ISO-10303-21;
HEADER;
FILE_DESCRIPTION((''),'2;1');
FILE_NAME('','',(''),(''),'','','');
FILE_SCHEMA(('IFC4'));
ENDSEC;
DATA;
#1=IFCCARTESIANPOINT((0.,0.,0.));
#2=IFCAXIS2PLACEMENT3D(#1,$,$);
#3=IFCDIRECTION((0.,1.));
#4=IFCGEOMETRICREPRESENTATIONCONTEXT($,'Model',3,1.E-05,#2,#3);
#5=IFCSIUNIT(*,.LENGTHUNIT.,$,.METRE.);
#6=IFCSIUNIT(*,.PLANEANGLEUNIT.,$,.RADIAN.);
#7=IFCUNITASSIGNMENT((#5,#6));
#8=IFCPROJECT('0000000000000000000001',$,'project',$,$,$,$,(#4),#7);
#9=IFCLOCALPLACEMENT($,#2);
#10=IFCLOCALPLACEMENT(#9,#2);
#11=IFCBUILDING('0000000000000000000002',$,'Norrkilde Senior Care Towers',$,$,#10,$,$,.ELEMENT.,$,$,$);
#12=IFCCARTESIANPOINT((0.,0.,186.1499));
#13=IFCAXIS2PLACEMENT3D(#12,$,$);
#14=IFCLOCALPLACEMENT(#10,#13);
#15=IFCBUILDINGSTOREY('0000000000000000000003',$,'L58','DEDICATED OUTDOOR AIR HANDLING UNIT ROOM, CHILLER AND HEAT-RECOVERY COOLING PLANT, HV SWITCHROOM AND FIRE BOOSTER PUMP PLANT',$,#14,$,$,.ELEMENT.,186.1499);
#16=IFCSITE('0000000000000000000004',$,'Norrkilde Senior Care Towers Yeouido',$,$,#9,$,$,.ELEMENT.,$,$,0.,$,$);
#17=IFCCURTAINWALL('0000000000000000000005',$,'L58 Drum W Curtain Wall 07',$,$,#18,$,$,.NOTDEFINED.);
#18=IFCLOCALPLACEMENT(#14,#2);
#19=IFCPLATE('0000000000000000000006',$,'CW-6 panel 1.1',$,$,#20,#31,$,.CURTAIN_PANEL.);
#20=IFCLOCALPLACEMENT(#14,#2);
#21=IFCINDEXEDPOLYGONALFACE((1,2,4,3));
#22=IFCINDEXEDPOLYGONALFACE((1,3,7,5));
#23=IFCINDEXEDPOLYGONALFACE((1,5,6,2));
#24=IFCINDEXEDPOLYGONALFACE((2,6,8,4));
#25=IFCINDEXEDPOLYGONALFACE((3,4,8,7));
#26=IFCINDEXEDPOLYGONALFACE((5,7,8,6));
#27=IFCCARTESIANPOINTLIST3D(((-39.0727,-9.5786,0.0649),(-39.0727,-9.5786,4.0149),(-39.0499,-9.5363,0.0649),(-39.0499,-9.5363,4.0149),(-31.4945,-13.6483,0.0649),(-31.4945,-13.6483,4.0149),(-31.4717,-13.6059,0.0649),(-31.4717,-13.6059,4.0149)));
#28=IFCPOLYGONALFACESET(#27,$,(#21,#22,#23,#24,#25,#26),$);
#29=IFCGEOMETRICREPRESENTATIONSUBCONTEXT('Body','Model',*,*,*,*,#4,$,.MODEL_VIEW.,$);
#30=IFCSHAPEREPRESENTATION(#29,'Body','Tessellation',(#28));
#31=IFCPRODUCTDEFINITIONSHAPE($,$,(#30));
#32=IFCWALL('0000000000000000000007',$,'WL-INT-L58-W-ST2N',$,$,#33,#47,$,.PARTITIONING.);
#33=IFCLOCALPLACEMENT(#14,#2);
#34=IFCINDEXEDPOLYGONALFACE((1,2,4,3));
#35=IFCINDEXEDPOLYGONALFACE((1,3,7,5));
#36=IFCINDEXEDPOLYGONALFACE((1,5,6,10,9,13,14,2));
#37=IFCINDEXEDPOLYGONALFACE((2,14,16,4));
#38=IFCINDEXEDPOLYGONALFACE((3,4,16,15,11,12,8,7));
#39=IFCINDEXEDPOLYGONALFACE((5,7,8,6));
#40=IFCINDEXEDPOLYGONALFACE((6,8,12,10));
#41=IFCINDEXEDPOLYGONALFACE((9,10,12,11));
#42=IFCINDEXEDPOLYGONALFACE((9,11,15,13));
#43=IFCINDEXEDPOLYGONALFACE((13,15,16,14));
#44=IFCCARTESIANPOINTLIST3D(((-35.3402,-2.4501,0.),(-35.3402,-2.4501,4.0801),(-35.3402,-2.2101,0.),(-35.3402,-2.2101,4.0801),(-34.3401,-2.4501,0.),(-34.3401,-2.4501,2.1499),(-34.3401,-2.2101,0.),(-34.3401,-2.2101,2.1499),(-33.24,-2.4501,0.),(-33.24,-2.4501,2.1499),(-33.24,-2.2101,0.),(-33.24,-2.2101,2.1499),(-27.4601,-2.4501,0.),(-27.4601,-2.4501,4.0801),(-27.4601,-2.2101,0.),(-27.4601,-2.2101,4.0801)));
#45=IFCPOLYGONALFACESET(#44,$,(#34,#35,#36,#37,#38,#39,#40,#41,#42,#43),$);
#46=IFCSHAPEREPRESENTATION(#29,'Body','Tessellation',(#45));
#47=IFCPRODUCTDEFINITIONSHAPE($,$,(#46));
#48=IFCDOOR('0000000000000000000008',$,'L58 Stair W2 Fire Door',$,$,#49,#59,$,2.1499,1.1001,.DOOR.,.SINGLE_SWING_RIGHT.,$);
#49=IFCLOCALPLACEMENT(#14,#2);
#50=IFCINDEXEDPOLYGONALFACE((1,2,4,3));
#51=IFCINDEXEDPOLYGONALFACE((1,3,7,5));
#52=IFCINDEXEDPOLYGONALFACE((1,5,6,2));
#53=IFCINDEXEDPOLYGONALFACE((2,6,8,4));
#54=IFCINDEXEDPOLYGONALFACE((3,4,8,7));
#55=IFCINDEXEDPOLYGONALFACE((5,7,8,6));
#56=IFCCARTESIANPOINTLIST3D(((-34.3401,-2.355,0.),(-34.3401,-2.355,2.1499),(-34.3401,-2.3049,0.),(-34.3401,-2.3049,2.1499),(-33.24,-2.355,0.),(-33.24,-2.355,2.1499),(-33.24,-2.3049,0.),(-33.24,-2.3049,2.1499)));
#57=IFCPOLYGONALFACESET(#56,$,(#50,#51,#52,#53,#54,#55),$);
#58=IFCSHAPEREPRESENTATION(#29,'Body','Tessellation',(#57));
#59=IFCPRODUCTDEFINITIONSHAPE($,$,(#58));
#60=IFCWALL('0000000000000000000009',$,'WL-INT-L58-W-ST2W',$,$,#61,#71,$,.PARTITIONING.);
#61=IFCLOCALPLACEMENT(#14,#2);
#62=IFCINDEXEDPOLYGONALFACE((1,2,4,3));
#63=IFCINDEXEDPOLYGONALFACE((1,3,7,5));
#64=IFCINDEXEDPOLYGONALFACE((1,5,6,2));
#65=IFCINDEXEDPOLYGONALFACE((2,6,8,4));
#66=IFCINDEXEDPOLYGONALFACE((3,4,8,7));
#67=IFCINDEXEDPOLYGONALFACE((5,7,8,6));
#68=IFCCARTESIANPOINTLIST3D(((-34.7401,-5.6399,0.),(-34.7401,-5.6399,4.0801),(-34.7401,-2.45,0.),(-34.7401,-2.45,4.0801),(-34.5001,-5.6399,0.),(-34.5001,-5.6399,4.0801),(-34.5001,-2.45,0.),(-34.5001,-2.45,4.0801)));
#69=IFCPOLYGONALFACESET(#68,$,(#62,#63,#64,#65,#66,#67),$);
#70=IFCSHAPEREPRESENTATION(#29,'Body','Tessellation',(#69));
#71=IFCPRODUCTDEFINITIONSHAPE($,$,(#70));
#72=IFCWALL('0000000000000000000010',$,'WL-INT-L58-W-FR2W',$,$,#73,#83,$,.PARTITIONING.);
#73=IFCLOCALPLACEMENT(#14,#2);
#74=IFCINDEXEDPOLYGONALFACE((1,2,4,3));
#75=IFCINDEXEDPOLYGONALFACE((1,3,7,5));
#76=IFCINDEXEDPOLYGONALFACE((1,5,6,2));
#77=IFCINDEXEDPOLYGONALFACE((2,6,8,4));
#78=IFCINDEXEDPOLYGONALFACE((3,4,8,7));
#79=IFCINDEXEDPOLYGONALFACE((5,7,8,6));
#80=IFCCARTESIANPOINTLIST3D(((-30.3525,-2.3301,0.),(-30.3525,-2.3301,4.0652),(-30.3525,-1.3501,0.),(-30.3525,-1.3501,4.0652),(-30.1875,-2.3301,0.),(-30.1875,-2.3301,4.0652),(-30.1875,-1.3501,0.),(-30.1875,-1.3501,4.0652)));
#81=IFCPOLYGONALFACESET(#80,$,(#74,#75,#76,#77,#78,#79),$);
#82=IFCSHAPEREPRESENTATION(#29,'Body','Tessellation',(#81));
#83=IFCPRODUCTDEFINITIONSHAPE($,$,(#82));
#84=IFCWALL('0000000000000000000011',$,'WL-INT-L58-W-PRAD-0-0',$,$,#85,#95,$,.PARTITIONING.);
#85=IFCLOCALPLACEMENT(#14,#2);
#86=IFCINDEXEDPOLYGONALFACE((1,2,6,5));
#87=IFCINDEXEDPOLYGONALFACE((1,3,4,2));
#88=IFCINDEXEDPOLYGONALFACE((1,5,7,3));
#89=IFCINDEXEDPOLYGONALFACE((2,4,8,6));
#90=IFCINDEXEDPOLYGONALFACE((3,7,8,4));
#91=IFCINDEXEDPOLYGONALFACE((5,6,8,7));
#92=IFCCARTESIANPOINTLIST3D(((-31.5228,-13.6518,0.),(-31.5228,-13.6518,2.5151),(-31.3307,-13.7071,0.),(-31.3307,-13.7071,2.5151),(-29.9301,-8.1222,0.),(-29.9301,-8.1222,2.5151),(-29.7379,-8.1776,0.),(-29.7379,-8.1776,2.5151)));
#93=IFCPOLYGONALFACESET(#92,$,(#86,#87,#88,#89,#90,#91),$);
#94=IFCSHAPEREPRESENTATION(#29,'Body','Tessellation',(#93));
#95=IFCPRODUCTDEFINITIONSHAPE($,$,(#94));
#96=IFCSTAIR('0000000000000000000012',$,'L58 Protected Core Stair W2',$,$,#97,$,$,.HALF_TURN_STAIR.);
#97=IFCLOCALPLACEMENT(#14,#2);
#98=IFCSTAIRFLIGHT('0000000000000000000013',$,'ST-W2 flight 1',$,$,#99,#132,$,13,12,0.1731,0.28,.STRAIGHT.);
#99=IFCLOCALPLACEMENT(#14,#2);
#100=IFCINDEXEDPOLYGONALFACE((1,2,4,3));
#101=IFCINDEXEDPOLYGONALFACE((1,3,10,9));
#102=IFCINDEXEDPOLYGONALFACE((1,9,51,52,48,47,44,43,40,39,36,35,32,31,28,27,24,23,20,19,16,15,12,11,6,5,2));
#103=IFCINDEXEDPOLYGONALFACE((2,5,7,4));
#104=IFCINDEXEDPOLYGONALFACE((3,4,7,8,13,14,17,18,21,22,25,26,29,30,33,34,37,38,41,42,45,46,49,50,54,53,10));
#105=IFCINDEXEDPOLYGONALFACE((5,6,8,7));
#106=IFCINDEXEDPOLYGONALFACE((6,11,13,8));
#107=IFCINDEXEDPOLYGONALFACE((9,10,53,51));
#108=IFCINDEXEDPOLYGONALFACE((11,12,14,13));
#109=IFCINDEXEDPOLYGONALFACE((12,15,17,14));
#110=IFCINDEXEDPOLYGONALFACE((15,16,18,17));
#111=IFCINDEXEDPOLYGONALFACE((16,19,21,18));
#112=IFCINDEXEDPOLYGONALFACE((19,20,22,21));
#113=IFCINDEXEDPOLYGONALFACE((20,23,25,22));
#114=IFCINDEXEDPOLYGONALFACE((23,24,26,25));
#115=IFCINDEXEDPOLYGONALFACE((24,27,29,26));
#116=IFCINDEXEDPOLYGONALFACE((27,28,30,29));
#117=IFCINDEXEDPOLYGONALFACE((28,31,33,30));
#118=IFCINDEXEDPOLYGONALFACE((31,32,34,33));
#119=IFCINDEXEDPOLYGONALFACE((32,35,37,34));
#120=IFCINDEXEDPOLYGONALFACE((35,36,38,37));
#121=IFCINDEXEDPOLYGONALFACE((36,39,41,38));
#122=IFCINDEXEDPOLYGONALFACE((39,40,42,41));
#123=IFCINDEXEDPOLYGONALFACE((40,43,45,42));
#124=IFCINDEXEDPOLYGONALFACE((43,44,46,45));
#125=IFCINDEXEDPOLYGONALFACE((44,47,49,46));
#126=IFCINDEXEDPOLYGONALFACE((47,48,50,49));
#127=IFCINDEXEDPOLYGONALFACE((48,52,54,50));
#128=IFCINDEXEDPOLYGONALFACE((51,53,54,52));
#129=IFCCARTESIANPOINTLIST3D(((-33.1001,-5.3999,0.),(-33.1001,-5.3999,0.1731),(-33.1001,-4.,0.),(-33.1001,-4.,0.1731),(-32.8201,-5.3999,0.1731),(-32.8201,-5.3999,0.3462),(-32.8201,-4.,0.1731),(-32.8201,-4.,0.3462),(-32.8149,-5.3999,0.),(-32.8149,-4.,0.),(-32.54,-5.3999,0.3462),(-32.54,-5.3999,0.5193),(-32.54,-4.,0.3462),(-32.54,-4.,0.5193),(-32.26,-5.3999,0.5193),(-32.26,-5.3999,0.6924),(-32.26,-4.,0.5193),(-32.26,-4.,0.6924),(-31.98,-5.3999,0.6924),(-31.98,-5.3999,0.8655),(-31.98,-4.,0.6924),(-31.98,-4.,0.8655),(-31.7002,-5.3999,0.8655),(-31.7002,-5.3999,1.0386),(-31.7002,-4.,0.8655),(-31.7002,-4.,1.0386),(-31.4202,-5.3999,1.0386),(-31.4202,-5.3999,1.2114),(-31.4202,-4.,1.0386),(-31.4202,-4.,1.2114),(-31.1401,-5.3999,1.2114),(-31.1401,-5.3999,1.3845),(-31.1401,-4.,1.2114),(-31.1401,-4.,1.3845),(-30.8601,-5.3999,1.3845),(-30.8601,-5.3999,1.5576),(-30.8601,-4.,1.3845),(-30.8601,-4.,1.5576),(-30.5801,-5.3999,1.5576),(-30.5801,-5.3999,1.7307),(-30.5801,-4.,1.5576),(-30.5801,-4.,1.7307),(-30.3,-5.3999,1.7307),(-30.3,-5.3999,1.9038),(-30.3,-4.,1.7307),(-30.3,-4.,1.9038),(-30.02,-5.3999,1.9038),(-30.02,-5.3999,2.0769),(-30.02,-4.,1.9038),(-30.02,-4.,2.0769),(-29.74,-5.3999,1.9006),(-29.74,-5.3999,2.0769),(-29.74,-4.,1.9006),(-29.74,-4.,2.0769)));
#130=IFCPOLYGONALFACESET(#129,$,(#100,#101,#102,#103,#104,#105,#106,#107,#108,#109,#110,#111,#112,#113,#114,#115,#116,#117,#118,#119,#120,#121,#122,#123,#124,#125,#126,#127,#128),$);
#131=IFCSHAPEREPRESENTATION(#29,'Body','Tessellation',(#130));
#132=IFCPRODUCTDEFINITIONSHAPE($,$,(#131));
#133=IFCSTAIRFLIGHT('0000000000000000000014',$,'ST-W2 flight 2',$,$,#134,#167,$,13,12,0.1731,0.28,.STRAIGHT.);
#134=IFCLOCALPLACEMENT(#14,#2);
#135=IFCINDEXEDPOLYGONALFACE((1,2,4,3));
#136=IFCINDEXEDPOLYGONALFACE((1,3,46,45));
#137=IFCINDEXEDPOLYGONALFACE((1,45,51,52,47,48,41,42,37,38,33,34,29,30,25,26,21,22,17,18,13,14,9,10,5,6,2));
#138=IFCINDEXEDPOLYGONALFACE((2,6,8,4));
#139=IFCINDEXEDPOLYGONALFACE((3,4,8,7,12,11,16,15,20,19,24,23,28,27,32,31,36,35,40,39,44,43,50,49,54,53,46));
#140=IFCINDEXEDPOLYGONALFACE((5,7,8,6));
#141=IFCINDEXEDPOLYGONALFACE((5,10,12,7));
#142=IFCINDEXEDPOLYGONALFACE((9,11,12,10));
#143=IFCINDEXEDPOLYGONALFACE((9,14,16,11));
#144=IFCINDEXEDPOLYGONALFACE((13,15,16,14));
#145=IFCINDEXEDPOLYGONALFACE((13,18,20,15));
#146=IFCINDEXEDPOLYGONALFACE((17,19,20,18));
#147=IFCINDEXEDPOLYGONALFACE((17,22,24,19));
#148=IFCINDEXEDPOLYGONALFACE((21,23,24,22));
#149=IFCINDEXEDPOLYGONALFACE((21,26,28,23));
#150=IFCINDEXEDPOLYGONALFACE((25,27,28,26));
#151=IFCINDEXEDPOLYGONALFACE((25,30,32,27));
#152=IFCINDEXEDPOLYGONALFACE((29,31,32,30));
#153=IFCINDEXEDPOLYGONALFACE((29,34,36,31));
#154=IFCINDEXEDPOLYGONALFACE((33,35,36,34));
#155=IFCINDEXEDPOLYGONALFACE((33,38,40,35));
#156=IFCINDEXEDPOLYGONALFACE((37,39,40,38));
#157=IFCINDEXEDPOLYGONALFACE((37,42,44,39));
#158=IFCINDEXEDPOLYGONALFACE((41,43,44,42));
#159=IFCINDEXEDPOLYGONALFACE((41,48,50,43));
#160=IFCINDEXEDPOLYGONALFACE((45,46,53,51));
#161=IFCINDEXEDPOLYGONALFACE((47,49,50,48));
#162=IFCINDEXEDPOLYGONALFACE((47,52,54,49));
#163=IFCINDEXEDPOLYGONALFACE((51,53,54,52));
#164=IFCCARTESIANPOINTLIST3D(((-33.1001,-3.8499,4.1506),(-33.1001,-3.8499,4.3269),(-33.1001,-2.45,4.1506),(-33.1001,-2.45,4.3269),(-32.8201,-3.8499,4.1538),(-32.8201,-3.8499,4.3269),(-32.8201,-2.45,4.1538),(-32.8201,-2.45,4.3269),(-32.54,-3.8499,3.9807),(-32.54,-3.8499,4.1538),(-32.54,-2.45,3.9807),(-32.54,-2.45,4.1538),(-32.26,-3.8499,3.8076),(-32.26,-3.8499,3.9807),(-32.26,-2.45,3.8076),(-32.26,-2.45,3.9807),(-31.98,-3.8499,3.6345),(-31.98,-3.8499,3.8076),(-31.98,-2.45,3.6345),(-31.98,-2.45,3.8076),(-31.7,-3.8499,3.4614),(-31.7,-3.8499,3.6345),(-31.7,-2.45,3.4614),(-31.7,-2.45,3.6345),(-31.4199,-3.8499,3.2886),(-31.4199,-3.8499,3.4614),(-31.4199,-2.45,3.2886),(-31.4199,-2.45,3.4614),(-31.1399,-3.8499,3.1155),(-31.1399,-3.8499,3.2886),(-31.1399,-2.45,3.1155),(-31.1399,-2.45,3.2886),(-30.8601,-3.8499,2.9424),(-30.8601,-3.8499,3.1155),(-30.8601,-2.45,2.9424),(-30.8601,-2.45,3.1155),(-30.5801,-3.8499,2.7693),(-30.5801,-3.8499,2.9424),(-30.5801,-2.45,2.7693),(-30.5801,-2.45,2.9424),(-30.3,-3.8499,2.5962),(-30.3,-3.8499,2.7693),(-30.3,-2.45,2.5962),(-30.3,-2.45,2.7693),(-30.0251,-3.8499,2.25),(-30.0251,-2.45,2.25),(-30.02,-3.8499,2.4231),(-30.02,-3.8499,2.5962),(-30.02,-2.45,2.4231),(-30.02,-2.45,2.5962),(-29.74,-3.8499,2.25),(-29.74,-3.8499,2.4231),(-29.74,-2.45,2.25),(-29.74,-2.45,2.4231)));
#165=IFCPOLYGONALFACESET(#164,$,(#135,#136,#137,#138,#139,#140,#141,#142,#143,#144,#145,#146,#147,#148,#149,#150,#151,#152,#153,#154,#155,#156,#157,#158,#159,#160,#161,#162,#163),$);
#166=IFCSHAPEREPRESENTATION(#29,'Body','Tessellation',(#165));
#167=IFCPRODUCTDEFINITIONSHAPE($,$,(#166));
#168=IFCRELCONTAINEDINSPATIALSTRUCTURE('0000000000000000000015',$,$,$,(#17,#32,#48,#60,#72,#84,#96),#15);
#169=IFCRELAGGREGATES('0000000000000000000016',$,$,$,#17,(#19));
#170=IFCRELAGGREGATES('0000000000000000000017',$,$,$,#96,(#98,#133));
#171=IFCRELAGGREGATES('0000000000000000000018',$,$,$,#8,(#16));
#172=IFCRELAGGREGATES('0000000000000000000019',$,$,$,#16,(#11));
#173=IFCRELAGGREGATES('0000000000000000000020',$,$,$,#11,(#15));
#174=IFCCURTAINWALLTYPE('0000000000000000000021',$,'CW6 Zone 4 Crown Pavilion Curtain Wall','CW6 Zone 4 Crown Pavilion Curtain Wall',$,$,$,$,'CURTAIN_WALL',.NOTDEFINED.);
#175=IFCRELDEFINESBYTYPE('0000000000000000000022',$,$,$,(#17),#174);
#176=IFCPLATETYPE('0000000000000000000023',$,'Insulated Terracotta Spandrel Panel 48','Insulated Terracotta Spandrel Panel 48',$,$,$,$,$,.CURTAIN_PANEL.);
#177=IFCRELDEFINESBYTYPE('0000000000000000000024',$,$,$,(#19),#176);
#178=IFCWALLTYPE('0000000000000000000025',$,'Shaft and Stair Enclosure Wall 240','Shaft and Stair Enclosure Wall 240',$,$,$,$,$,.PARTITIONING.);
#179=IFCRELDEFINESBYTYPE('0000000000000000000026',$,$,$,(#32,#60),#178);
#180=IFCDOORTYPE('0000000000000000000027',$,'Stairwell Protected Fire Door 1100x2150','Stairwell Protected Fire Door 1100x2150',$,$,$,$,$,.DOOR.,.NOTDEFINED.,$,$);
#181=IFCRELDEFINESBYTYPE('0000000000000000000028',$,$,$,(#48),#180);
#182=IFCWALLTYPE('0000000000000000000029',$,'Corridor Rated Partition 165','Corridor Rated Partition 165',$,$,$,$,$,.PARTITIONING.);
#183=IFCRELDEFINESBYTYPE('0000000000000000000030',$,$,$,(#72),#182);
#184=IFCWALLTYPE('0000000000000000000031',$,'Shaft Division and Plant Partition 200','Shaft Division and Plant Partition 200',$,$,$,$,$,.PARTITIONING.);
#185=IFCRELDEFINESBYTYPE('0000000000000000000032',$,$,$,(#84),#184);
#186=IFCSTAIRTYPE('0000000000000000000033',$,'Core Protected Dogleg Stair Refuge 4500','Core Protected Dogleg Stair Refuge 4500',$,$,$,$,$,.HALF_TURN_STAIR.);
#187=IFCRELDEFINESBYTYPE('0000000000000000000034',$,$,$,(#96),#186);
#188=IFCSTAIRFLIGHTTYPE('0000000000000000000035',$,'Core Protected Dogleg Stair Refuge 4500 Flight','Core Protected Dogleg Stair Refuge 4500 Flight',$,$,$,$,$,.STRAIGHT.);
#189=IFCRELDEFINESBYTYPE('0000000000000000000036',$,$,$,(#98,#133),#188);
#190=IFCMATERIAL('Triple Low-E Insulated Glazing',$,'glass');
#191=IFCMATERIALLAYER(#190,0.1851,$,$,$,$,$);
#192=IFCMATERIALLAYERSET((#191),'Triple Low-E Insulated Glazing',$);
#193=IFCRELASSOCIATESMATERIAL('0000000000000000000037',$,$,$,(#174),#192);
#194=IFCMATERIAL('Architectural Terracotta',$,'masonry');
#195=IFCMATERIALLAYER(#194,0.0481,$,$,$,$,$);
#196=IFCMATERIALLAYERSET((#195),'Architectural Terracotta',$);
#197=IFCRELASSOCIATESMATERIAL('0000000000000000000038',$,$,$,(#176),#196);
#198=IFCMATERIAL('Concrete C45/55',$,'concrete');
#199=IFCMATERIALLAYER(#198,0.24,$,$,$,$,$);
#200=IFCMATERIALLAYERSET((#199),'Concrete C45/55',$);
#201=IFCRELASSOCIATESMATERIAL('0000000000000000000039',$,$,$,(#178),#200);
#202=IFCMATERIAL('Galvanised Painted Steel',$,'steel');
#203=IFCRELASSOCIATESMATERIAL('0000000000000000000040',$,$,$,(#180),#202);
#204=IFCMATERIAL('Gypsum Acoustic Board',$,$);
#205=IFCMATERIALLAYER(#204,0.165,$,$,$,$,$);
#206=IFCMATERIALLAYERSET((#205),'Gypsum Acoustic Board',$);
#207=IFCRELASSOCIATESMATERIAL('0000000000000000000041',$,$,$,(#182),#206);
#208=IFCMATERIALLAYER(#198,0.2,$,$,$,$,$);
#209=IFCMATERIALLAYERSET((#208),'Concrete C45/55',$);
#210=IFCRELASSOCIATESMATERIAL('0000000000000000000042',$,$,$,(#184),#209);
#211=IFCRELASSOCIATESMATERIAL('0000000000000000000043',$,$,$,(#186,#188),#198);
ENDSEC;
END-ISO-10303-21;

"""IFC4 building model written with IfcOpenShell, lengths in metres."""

from ifc_helpers import new_model, si_unit, direction, frame, frame_2d, origin, origin_2d, place, context, subcontext, project, spatial, polyline, rectangle, outline, extrude, source, transform, mapped, material, layer, layer_set, type_object, type_shapes, element, fill, aggregate, save


model = new_model("IFC4")

# Units and contexts
model_context = context("Model", 3, precision=1e-05, world=origin(), true_north=direction((0.0, 1.0)))
body_context = subcontext(model_context, "Body", "Model", "MODEL_VIEW")
ifc_project = project(units=[si_unit("LENGTHUNIT", "METRE"), si_unit("PLANEANGLEUNIT", "RADIAN")], contexts=[model_context])

# Site, building, storey
site_placement = place(None, origin())
site = spatial("IfcSite", under=ifc_project, at=site_placement, Name="Norrkilde Senior Care Towers Yeouido", CompositionType="ELEMENT", RefElevation=0.0)
building_placement = place(site_placement, origin())
building = spatial("IfcBuilding", under=site, at=building_placement, Name="Norrkilde Senior Care Towers", CompositionType="ELEMENT")
storey_placement = place(building_placement, frame((0.0, 0.0, 186.1499)))
storey = spatial("IfcBuildingStorey", under=building, at=storey_placement, Name="L58", Description="DEDICATED OUTDOOR AIR HANDLING UNIT ROOM, CHILLER AND HEAT-RECOVERY COOLING PLANT, HV SWITCHROOM AND FIRE BOOSTER PUMP PLANT", CompositionType="ELEMENT", Elevation=186.1499)

# Curtain wall
ifc_material_1 = material(Name="Triple Low-E Insulated Glazing", Category="glass")
ifc_layer_1 = layer(ifc_material_1, 0.1851)
ifc_layer_set_1 = layer_set([ifc_layer_1], Name="Triple Low-E Insulated Glazing")
curtain_wall_type = type_object("IfcCurtainWallType", Name="CW6 Zone 4 Crown Pavilion Curtain Wall", Description="CW6 Zone 4 Crown Pavilion Curtain Wall", ElementType="CURTAIN_WALL", PredefinedType="NOTDEFINED", material=ifc_layer_set_1)
curtain_wall_1_placement = place(storey_placement, origin())
curtain_wall_1 = element("IfcCurtainWall", 1, at=curtain_wall_1_placement, inside=storey, type_object=curtain_wall_type, Name="L58 Drum W Curtain Wall 07", PredefinedType="NOTDEFINED")

# Plate
ifc_material_2 = material(Name="Architectural Terracotta", Category="masonry")
ifc_layer_2 = layer(ifc_material_2, 0.0481)
ifc_layer_set_2 = layer_set([ifc_layer_2], Name="Architectural Terracotta")
plate_type_1 = type_object("IfcPlateType", Name="Insulated Terracotta Spandrel Panel 48", Description="Insulated Terracotta Spandrel Panel 48", PredefinedType="CURTAIN_PANEL", material=ifc_layer_set_2)
shared_shape_1 = source(origin(), body_context, "Body", "SweptSolid", [
    extrude(rectangle(XDim=8.6018, YDim=0.0481, at=origin_2d()), origin(), (0.0, 0.0, 1.0), 3.95),
])
type_shapes(plate_type_1, [shared_shape_1])
plate_placement = place(storey_placement, frame((-35.2722, -11.5923, 0.0649), z_axis=(0.0, 0.0, 1.0), x_axis=(-0.881, 0.473117, 0.0)))
plate = element("IfcPlate", 2, at=plate_placement, type_object=plate_type_1, Name="CW-6 panel 1.1", PredefinedType="CURTAIN_PANEL", context=body_context, shape_type="MappedRepresentation", body=[
    mapped(shared_shape_1, transform((0.0, 0.0, 0.0), x_axis=(1.0, 0.0, 0.0), y_axis=(0.0, 1.0, 0.0), z_axis=(0.0, 0.0, 1.0), scale=1.0)),
])
aggregate(curtain_wall_1, [plate])

# Wall, opening, door
ifc_material_3 = material(Name="Galvanised Painted Steel", Category="steel")
ifc_material_4 = material(Name="Concrete C45/55", Category="concrete")
ifc_layer_3 = layer(ifc_material_4, 0.24)
ifc_layer_set_3 = layer_set([ifc_layer_3], Name="Concrete C45/55")
wall_type_1 = type_object("IfcWallType", Name="Shaft and Stair Enclosure Wall 240", Description="Shaft and Stair Enclosure Wall 240", PredefinedType="PARTITIONING", material=ifc_layer_set_3)
shared_shape_2 = source(origin(), body_context, "Body", "SweptSolid", [
    extrude(rectangle(XDim=7.8801, YDim=0.24, at=frame_2d((3.9399, 0.0))), origin(), (0.0, 0.0, 1.0), 4.0801),
])
wall_1_placement = place(storey_placement, frame((-35.3401, -2.3301, 0.0), z_axis=(0.0, 0.0, 1.0), x_axis=(1.0, 0.0, 0.0)))
wall_1 = element("IfcWall", 3, at=wall_1_placement, inside=storey, type_object=wall_type_1, Name="WL-INT-L58-W-ST2N", PredefinedType="PARTITIONING", context=body_context, shape_type="MappedRepresentation", body=[
    mapped(shared_shape_2, transform((0.0, 0.0, 0.0), x_axis=(1.0, 0.0, 0.0), y_axis=(0.0, 1.0, 0.0), z_axis=(0.0, 0.0, 1.0), scale=1.0)),
])
opening_1_placement = place(wall_1_placement, frame((1.0, 0.0, 0.0)))
opening_1 = element("IfcOpeningElement", 4, at=opening_1_placement, cuts=wall_1, PredefinedType="OPENING", context=body_context, shape_type="SweptSolid", body=[
    extrude(rectangle(XDim=1.1001, YDim=2.1499, at=frame_2d((0.55, 1.075))), frame((0.0, 0.1299, 0.0), z_axis=(0.0, -1.0, 0.0), x_axis=(1.0, 0.0, 0.0)), (0.0, 0.0, 1.0), 0.26),
])
door_type_1 = type_object("IfcDoorType", Name="Stairwell Protected Fire Door 1100x2150", Description="Stairwell Protected Fire Door 1100x2150", OperationType="NOTDEFINED", PredefinedType="DOOR", material=ifc_material_3)
shared_shape_3 = source(origin(), body_context, "Body", "SweptSolid", [
    extrude(rectangle(XDim=1.1001, YDim=2.1499, at=frame_2d((0.55, 1.075))), frame((0.0, 0.0249, 0.0), z_axis=(0.0, -1.0, 0.0), x_axis=(1.0, 0.0, 0.0)), (0.0, 0.0, 1.0), 0.05),
])
type_shapes(door_type_1, [shared_shape_3])
door_1_placement = place(opening_1_placement, frame((1.1001, 0.0, 0.0), z_axis=(0.0, 0.0, 1.0), x_axis=(-1.0, 0.0, 0.0)))
door_1 = element("IfcDoor", 5, at=door_1_placement, inside=storey, type_object=door_type_1, Name="L58 Stair W2 Fire Door", OperationType="SINGLE_SWING_RIGHT", OverallHeight=2.1499, OverallWidth=1.1001, PredefinedType="DOOR", context=body_context, shape_type="MappedRepresentation", body=[
    mapped(shared_shape_3, transform((0.0, 0.0, 0.0), x_axis=(1.0, 0.0, 0.0), y_axis=(0.0, 1.0, 0.0), z_axis=(0.0, 0.0, 1.0), scale=1.0)),
])
fill(opening_1, door_1)

# Walls
shared_shape_4 = source(origin(), body_context, "Body", "SweptSolid", [
    extrude(rectangle(XDim=3.1899, YDim=0.24, at=frame_2d((1.595, 0.0))), origin(), (0.0, 0.0, 1.0), 4.0801),
])
type_shapes(wall_type_1, [shared_shape_2, shared_shape_4])
wall_2_placement = place(storey_placement, frame((-34.6201, -5.6399, 0.0), z_axis=(0.0, 0.0, 1.0), x_axis=(0.0, 1.0, 0.0)))
element("IfcWall", 6, at=wall_2_placement, inside=storey, type_object=wall_type_1, Name="WL-INT-L58-W-ST2W", PredefinedType="PARTITIONING", context=body_context, shape_type="MappedRepresentation", body=[
    mapped(shared_shape_4, transform((0.0, 0.0, 0.0), x_axis=(1.0, 0.0, 0.0), y_axis=(0.0, 1.0, 0.0), z_axis=(0.0, 0.0, 1.0), scale=1.0)),
])
ifc_material_5 = material(Name="Gypsum Acoustic Board")
ifc_layer_4 = layer(ifc_material_5, 0.165)
ifc_layer_set_4 = layer_set([ifc_layer_4], Name="Gypsum Acoustic Board")
wall_type_2 = type_object("IfcWallType", Name="Corridor Rated Partition 165", Description="Corridor Rated Partition 165", PredefinedType="PARTITIONING", material=ifc_layer_set_4)
shared_shape_5 = source(origin(), body_context, "Body", "SweptSolid", [
    extrude(rectangle(XDim=0.98, YDim=0.165, at=frame_2d((0.49, 0.0))), origin(), (0.0, 0.0, 1.0), 4.0652),
])
type_shapes(wall_type_2, [shared_shape_5])
wall_3_placement = place(storey_placement, frame((-30.27, -2.3301, 0.0), z_axis=(0.0, 0.0, 1.0), x_axis=(0.0, 1.0, 0.0)))
element("IfcWall", 7, at=wall_3_placement, inside=storey, type_object=wall_type_2, Name="WL-INT-L58-W-FR2W", PredefinedType="PARTITIONING", context=body_context, shape_type="MappedRepresentation", body=[
    mapped(shared_shape_5, transform((0.0, 0.0, 0.0), x_axis=(1.0, 0.0, 0.0), y_axis=(0.0, 1.0, 0.0), z_axis=(0.0, 0.0, 1.0), scale=1.0)),
])
ifc_layer_5 = layer(ifc_material_4, 0.2)
ifc_layer_set_5 = layer_set([ifc_layer_5], Name="Concrete C45/55")
wall_type_3 = type_object("IfcWallType", Name="Shaft Division and Plant Partition 200", Description="Shaft Division and Plant Partition 200", PredefinedType="PARTITIONING", material=ifc_layer_set_5)
shared_shape_6 = source(origin(), body_context, "Body", "SweptSolid", [
    extrude(rectangle(XDim=5.7544, YDim=0.2, at=frame_2d((2.8772, 0.0))), origin(), (0.0, 0.0, 1.0), 2.5151),
])
type_shapes(wall_type_3, [shared_shape_6])
wall_4_placement = place(storey_placement, frame((-29.834, -8.1499, 0.0), z_axis=(0.0, 0.0, 1.0), x_axis=(-0.276794, -0.960929, 0.0)))
element("IfcWall", 8, at=wall_4_placement, inside=storey, type_object=wall_type_3, Name="WL-INT-L58-W-PRAD-0-0", PredefinedType="PARTITIONING", context=body_context, shape_type="MappedRepresentation", body=[
    mapped(shared_shape_6, transform((0.0, 0.0, 0.0), x_axis=(1.0, 0.0, 0.0), y_axis=(0.0, 1.0, 0.0), z_axis=(0.0, 0.0, 1.0), scale=1.0)),
])

# Stair, stair flights
stair_type = type_object("IfcStairType", Name="Core Protected Dogleg Stair Refuge 4500", Description="Core Protected Dogleg Stair Refuge 4500", PredefinedType="HALF_TURN_STAIR", material=ifc_material_4)
stair_placement = place(storey_placement, origin())
stair = element("IfcStair", 9, at=stair_placement, inside=storey, type_object=stair_type, Name="L58 Protected Core Stair W2", PredefinedType="HALF_TURN_STAIR")
stair_flight_type = type_object("IfcStairFlightType", Name="Core Protected Dogleg Stair Refuge 4500 Flight", Description="Core Protected Dogleg Stair Refuge 4500 Flight", PredefinedType="STRAIGHT", material=ifc_material_4)
stair_flight_1_placement = place(storey_placement, frame((-33.1001, -4.7, 0.0), z_axis=(0.0, 0.0, 1.0), x_axis=(1.0, 0.0, 0.0)))
stair_flight_1 = element("IfcStairFlight", 10, at=stair_flight_1_placement, type_object=stair_flight_type, Name="ST-W2 flight 1", NumberOfRisers=13, NumberOfTreads=12, PredefinedType="STRAIGHT", RiserHeight=0.1731, TreadLength=0.28, context=body_context, shape_type="SweptSolid", body=[
    extrude(outline(polyline([(0.0, 0.0), (0.0, 0.1731), (0.28, 0.1731), (0.28, 0.3462), (0.5601, 0.3462), (0.5601, 0.5193), (0.8401, 0.5193), (0.8401, 0.6924), (1.1201, 0.6924), (1.1201, 0.8655), (1.3999, 0.8655), (1.3999, 1.0386), (1.6799, 1.0386), (1.6799, 1.2114), (1.96, 1.2114), (1.96, 1.3845), (2.24, 1.3845), (2.24, 1.5576), (2.52, 1.5576), (2.52, 1.7307), (2.8, 1.7307), (2.8, 1.9038), (3.0801, 1.9038), (3.0801, 2.0769), (3.3601, 2.0769), (3.3601, 2.25), (3.3601, 1.9006), (0.2852, 0.0), (0.0, 0.0)])), frame((0.0, 0.7, 0.0), z_axis=(0.0, -1.0, 0.0), x_axis=(1.0, 0.0, 0.0)), (0.0, 0.0, 1.0), 1.3999),
])
stair_flight_2_placement = place(storey_placement, frame((-29.74, -3.1499, 2.25), z_axis=(0.0, 0.0, 1.0), x_axis=(-1.0, 0.0, 0.0)))
stair_flight_2 = element("IfcStairFlight", 11, at=stair_flight_2_placement, type_object=stair_flight_type, Name="ST-W2 flight 2", NumberOfRisers=13, NumberOfTreads=12, PredefinedType="STRAIGHT", RiserHeight=0.1731, TreadLength=0.28, context=body_context, shape_type="SweptSolid", body=[
    extrude(outline(polyline([(0.0, 0.0), (0.0, 0.1731), (0.28, 0.1731), (0.28, 0.3462), (0.5601, 0.3462), (0.5601, 0.5193), (0.8401, 0.5193), (0.8401, 0.6924), (1.1201, 0.6924), (1.1201, 0.8655), (1.3999, 0.8655), (1.3999, 1.0386), (1.6799, 1.0386), (1.6799, 1.2114), (1.96, 1.2114), (1.96, 1.3845), (2.24, 1.3845), (2.24, 1.5576), (2.52, 1.5576), (2.52, 1.7307), (2.8, 1.7307), (2.8, 1.9038), (3.0801, 1.9038), (3.0801, 2.0769), (3.3601, 2.0769), (3.3601, 2.25), (3.3601, 1.9006), (0.2852, 0.0), (0.0, 0.0)])), frame((0.0, 0.7, 0.0), z_axis=(0.0, -1.0, 0.0), x_axis=(1.0, 0.0, 0.0)), (0.0, 0.0, 1.0), 1.3999),
])
aggregate(stair, [stair_flight_1, stair_flight_2])

save(model, "model.ifc")
